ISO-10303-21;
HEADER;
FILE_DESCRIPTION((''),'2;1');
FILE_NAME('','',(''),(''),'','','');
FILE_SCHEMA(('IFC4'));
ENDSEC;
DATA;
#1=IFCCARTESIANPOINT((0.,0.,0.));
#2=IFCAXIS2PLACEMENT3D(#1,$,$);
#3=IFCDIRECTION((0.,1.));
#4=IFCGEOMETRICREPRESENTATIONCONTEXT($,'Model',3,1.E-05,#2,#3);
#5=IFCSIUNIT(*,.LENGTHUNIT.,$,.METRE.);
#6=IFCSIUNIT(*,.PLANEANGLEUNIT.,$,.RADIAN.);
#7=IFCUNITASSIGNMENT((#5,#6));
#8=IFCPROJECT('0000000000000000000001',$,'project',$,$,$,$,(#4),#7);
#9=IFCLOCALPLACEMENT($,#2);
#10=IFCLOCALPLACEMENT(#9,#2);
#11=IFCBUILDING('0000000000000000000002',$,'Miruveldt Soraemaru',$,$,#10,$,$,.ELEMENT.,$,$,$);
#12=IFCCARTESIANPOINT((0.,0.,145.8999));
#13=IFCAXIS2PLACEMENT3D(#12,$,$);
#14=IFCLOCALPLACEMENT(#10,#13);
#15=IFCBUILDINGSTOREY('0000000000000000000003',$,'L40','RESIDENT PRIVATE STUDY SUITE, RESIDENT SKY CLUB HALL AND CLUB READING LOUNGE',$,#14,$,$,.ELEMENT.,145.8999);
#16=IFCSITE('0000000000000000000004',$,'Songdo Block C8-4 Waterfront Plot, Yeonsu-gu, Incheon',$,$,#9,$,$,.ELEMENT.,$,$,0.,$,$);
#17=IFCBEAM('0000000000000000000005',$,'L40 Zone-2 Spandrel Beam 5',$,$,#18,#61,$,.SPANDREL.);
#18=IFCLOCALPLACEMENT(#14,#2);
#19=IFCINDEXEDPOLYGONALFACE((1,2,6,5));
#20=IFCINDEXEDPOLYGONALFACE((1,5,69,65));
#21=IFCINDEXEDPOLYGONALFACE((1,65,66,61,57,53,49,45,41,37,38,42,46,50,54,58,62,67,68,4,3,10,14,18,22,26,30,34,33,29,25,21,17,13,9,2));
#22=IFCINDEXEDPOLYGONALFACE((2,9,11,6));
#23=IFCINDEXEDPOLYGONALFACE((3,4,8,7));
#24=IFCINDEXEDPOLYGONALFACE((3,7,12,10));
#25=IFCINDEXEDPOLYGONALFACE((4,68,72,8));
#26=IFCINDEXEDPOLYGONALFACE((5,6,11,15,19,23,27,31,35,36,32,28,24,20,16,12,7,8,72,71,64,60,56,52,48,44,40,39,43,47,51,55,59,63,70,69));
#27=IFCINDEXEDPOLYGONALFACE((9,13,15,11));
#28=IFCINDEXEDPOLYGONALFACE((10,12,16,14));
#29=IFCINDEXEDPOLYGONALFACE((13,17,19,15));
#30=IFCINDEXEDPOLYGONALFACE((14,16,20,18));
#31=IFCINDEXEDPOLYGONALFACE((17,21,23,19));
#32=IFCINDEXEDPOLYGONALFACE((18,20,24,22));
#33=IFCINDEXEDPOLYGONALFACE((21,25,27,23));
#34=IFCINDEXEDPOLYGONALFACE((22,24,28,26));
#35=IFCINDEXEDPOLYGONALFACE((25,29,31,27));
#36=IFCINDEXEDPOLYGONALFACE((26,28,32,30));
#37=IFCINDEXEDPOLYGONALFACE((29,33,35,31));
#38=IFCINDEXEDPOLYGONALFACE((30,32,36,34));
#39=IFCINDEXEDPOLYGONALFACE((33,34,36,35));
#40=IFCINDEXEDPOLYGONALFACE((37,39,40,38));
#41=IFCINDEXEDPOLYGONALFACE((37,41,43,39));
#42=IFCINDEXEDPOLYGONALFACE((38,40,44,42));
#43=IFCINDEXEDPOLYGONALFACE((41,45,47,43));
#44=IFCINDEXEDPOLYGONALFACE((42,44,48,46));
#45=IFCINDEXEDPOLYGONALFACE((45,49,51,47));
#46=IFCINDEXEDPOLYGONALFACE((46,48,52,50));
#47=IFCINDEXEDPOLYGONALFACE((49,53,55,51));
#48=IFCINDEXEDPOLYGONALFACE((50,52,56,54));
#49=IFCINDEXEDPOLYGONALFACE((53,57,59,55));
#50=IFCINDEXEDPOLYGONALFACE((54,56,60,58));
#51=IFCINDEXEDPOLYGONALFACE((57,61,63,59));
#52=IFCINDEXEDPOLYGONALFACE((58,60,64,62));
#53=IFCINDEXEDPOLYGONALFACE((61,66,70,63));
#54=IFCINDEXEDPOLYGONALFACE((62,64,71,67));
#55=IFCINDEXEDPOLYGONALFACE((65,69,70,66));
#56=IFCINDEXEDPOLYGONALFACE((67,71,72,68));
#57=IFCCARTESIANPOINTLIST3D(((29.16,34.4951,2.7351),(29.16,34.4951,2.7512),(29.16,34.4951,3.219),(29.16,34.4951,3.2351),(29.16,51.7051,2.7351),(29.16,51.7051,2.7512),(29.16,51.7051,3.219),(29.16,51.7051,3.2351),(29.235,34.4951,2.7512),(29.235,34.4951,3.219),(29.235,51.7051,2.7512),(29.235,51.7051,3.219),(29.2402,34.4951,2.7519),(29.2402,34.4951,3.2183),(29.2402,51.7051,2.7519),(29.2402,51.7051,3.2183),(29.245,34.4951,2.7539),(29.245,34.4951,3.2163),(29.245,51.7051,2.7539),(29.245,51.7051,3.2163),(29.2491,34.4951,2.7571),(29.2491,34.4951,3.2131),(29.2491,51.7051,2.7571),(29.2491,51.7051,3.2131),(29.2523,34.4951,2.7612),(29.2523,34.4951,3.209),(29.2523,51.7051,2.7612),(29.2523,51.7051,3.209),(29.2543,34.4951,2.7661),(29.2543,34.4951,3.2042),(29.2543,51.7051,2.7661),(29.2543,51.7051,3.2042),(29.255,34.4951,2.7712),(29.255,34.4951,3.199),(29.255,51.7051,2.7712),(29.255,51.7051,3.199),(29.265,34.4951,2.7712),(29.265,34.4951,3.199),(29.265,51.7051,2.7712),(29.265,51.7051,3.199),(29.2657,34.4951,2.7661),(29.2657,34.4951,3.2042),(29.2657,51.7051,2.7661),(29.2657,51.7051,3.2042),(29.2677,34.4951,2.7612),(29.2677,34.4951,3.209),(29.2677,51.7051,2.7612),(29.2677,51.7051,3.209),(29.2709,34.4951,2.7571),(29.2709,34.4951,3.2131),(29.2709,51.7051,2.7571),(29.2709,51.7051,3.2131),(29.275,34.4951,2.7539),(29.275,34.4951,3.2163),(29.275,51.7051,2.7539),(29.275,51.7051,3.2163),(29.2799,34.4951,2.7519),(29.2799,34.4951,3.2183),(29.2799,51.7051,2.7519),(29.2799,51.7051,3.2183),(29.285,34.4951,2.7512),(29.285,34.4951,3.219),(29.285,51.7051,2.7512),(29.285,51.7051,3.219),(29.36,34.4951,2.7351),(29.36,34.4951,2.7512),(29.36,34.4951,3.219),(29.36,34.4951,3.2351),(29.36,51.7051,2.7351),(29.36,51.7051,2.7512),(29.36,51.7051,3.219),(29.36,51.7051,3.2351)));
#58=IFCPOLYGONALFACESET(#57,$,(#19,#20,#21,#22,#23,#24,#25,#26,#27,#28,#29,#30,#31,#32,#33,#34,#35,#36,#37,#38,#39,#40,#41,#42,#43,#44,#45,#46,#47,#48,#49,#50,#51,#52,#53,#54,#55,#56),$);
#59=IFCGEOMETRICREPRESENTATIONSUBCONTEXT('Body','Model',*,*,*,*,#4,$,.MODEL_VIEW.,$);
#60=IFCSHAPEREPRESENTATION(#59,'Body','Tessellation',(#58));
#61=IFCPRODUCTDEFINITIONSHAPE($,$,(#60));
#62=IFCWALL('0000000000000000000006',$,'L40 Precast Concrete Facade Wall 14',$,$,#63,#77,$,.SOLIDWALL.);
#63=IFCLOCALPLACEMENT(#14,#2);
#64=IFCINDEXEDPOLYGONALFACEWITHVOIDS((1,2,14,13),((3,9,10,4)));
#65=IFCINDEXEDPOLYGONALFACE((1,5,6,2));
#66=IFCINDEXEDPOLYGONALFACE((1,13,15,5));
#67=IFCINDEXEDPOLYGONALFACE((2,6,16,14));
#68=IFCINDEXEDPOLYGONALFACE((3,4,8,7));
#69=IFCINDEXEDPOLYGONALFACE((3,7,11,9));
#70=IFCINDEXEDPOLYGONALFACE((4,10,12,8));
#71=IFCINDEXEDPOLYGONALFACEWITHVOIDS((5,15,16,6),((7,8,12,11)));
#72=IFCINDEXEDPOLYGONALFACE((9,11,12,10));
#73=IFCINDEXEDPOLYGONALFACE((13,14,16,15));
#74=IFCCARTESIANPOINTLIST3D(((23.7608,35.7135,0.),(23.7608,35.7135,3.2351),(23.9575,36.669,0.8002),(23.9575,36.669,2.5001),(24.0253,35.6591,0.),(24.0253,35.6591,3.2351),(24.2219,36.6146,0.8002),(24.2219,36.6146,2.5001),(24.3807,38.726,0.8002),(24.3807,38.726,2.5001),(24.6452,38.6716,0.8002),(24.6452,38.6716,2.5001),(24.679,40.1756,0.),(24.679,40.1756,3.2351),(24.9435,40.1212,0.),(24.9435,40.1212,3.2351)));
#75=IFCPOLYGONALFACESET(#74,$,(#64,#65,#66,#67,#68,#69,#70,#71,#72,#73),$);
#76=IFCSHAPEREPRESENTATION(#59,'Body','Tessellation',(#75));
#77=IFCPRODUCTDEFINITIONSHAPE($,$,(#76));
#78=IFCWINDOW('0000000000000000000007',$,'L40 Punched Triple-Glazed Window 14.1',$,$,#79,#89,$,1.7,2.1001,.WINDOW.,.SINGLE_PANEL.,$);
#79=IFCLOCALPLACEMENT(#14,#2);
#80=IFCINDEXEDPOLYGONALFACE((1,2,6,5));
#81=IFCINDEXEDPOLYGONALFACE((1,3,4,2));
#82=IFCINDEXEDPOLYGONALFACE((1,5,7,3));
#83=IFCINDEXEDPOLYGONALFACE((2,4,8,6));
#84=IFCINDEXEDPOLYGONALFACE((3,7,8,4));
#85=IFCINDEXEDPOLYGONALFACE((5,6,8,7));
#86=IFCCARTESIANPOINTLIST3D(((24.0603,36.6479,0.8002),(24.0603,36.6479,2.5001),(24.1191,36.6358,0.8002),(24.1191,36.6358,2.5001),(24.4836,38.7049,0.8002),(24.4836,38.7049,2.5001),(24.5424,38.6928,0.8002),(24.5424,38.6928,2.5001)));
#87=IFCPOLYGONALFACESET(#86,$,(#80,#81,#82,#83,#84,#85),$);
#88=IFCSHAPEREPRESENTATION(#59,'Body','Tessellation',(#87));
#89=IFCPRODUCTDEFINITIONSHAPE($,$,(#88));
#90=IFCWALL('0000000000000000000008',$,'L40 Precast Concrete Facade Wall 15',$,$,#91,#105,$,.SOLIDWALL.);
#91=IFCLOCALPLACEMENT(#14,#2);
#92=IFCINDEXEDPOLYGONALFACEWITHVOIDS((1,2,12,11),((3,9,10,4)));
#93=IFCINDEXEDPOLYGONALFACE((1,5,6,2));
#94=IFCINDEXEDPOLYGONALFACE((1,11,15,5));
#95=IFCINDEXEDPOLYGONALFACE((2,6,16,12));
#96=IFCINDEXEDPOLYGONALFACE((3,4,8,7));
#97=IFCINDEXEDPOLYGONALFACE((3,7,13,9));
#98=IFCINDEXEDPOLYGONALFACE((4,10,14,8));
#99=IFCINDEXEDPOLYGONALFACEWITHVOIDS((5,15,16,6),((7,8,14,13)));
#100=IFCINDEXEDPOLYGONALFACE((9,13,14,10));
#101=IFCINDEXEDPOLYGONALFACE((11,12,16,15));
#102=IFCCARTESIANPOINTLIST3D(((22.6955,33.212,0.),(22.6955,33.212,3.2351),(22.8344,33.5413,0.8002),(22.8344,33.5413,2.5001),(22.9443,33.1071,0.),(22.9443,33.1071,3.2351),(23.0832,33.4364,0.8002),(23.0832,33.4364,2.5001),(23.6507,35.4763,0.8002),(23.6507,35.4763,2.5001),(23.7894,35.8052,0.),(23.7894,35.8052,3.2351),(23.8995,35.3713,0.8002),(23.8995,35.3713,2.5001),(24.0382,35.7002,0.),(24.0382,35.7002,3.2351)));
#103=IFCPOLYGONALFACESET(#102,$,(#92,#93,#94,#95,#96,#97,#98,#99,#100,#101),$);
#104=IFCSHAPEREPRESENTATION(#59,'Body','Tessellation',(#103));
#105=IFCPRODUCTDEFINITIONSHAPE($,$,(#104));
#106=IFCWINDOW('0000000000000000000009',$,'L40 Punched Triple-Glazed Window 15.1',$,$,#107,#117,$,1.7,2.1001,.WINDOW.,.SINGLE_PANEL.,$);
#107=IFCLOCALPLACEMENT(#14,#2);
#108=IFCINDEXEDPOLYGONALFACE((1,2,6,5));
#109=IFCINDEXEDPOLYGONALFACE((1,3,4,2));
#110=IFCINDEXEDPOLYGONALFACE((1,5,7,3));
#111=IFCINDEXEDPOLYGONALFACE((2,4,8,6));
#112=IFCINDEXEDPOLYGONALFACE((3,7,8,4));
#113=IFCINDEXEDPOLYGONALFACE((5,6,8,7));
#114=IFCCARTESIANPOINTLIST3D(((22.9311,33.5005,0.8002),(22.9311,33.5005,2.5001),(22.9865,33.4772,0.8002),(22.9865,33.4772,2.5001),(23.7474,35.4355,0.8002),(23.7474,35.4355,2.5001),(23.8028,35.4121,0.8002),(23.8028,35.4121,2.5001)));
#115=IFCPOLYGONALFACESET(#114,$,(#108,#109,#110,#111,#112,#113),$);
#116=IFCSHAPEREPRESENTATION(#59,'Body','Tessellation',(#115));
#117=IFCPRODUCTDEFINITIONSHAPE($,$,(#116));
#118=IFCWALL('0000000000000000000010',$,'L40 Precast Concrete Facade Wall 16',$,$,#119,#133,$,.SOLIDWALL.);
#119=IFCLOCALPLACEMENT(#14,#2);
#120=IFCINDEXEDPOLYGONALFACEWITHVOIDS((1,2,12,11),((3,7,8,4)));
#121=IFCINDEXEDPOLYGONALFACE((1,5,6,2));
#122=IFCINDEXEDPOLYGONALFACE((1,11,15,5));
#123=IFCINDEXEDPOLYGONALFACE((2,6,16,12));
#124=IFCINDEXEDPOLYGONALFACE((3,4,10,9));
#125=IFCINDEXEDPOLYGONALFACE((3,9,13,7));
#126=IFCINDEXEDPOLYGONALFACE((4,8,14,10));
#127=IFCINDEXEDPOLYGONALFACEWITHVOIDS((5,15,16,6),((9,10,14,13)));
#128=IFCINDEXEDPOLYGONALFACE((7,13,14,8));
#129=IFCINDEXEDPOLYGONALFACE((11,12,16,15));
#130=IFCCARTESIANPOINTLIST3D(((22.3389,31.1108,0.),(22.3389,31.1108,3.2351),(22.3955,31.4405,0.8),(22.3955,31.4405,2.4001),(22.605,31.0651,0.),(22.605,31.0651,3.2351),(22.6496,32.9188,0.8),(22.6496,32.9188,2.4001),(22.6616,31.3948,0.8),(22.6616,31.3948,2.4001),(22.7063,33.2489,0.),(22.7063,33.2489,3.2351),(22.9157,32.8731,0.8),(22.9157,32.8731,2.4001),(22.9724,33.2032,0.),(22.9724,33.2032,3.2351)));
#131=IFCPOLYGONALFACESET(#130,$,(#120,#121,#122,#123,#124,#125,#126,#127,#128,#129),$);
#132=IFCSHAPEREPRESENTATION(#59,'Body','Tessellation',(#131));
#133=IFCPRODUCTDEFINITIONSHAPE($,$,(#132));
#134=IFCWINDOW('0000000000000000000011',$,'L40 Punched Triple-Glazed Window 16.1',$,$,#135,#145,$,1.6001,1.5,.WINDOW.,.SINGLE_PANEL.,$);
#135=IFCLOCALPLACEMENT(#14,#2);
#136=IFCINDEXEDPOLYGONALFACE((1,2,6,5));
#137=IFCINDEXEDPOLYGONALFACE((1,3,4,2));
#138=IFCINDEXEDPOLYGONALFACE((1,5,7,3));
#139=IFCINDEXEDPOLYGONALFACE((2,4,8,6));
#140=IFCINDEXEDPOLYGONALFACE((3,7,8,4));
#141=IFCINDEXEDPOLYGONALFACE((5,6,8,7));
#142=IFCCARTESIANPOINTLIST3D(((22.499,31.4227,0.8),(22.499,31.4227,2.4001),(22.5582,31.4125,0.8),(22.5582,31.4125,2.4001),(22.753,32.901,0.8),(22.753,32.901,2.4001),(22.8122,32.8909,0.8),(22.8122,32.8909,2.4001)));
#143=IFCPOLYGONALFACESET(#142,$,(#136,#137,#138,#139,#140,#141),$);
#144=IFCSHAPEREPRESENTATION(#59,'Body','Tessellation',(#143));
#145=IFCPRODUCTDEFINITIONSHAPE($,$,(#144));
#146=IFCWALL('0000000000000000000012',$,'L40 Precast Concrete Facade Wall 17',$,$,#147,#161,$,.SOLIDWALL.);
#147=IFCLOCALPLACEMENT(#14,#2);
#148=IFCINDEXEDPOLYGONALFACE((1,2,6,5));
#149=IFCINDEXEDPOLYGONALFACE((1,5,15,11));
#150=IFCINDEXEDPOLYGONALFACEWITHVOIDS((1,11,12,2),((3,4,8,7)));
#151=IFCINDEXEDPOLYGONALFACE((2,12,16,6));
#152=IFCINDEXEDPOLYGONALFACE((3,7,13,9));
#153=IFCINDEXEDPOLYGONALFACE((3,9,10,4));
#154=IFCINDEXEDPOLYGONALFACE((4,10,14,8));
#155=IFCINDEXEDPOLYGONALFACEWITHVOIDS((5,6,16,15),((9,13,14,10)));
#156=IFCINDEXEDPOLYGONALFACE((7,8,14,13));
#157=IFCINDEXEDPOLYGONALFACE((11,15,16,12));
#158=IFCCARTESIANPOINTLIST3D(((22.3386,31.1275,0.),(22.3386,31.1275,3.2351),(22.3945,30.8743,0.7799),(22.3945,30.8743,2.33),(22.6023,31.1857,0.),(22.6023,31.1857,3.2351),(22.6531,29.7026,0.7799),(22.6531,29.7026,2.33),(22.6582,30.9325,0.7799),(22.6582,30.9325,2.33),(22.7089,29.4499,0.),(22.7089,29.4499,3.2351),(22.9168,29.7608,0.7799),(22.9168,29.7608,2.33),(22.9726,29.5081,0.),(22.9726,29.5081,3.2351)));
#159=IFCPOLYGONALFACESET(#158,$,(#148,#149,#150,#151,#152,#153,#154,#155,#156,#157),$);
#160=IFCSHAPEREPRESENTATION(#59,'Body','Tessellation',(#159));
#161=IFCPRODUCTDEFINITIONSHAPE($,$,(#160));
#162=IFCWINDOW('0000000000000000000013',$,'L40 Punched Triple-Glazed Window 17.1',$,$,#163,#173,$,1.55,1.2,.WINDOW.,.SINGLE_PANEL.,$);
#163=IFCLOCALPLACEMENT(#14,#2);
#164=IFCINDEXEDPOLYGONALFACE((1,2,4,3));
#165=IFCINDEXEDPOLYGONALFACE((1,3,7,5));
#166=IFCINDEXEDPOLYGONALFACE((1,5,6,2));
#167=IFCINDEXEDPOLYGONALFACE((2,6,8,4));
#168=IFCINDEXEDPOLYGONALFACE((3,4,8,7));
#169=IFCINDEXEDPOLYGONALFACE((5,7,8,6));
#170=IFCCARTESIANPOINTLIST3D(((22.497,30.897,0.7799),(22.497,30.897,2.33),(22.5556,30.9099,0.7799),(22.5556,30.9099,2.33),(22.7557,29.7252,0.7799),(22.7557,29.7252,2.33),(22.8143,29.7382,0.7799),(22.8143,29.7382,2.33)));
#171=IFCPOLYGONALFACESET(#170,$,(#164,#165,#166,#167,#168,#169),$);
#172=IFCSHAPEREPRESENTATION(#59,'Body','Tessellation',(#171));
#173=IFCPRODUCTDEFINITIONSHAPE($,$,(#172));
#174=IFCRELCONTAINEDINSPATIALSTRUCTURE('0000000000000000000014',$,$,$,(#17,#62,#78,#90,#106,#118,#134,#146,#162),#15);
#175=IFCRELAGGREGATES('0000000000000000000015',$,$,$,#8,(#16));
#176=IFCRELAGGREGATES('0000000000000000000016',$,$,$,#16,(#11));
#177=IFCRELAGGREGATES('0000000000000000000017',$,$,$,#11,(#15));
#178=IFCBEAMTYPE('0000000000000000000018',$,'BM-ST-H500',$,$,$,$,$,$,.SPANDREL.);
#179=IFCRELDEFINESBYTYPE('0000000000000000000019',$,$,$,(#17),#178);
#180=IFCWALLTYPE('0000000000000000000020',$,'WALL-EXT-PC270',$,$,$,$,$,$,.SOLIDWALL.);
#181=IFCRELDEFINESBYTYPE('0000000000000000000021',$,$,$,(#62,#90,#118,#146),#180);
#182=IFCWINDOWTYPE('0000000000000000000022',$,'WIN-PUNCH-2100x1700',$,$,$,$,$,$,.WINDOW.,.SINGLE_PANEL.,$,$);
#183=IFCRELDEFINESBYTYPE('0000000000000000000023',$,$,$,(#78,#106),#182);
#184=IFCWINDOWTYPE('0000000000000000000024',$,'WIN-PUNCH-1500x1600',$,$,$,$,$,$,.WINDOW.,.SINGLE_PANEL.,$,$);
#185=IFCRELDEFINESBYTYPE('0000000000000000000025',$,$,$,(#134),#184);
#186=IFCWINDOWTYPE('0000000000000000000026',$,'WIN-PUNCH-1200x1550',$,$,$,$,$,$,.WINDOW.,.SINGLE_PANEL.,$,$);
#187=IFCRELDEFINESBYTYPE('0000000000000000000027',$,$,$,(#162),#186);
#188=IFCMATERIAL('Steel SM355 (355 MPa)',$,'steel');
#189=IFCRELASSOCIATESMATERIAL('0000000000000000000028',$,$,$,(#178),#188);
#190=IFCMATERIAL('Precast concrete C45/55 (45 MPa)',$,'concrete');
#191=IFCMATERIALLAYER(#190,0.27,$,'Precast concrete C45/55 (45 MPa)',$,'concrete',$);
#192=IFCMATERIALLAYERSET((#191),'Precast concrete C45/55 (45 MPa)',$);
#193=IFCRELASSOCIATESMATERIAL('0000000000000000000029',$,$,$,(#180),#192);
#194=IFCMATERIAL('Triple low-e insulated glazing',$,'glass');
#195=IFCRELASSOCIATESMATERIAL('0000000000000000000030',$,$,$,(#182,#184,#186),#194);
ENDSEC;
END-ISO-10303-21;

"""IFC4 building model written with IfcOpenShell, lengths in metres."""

from ifc_helpers import new_model, si_unit, direction, frame, frame_2d, origin, origin_2d, place, context, subcontext, project, spatial, rectangle, i_section, extrude, material, layer, layer_set, material_profile, profile_set, type_object, element, fill, save


model = new_model("IFC4")

# Units and contexts
model_context = context("Model", 3, precision=1e-05, world=origin(), true_north=direction((0.0, 1.0)))
body_context = subcontext(model_context, "Body", "Model", "MODEL_VIEW")
ifc_project = project(units=[si_unit("LENGTHUNIT", "METRE"), si_unit("PLANEANGLEUNIT", "RADIAN")], contexts=[model_context])

# Site, building, storey
site_placement = place(None, origin())
site = spatial("IfcSite", under=ifc_project, at=site_placement, Name="Songdo Block C8-4 Waterfront Plot, Yeonsu-gu, Incheon", CompositionType="ELEMENT", RefElevation=0.0)
building_placement = place(site_placement, origin())
building = spatial("IfcBuilding", under=site, at=building_placement, Name="Miruveldt Soraemaru", CompositionType="ELEMENT")
storey_placement = place(building_placement, frame((0.0, 0.0, 145.8999)))
storey = spatial("IfcBuildingStorey", under=building, at=storey_placement, Name="L40", Description="RESIDENT PRIVATE STUDY SUITE, RESIDENT SKY CLUB HALL AND CLUB READING LOUNGE", CompositionType="ELEMENT", Elevation=145.8999)

# Beam
ifc_material_1 = material(Name="Steel SM355 (355 MPa)", Category="steel")
ifc_material_profile_1 = material_profile(ifc_material_1, i_section(OverallWidth=0.2, OverallDepth=0.5, WebThickness=0.01, FlangeThickness=0.0161, FilletRadius=0.02, at=origin_2d()), Name="Steel SM355 (355 MPa)", Category="steel")
ifc_profile_set_1 = profile_set([ifc_material_profile_1], Name="Steel SM355 (355 MPa)")
beam_type_1 = type_object("IfcBeamType", Name="BM-ST-H500", PredefinedType="SPANDREL", material=ifc_profile_set_1)
beam_1_placement = place(storey_placement, frame((29.26, 34.4951, 2.9851), z_axis=(0.0, 1.0, 0.0), x_axis=(-1.0, 0.0, 0.0)))
element("IfcBeam", 1, at=beam_1_placement, inside=storey, type_object=beam_type_1, Name="L40 Zone-2 Spandrel Beam 5", PredefinedType="SPANDREL", context=body_context, shape_type="SweptSolid", body=[
    extrude(i_section(OverallWidth=0.2, OverallDepth=0.5, WebThickness=0.01, FlangeThickness=0.0161, FilletRadius=0.02, at=origin_2d()), origin(), (0.0, 0.0, 1.0), 17.21),
])

# Walls, openings, windows
ifc_material_2 = material(Name="Precast concrete C45/55 (45 MPa)", Category="concrete")
ifc_layer_1 = layer(ifc_material_2, 0.27, Name="Precast concrete C45/55 (45 MPa)", Category="concrete")
ifc_layer_set_1 = layer_set([ifc_layer_1], Name="Precast concrete C45/55 (45 MPa)")
wall_type_1 = type_object("IfcWallType", Name="WALL-EXT-PC270", PredefinedType="SOLIDWALL", material=ifc_layer_set_1)
wall_1_placement = place(storey_placement, frame((24.8113, 40.1484, 0.0), z_axis=(0.0, 0.0, 1.0), x_axis=(-0.201555, -0.979477, 0.0)))
wall_1 = element("IfcWall", 2, at=wall_1_placement, inside=storey, type_object=wall_type_1, Name="L40 Precast Concrete Facade Wall 14", PredefinedType="SOLIDWALL", context=body_context, shape_type="SweptSolid", body=[
    extrude(rectangle(XDim=4.5557, YDim=0.27, at=frame_2d((2.2778, 0.0))), origin(), (0.0, 0.0, 1.0), 3.2351),
])
opening_1_placement = place(wall_1_placement, frame((1.48, 0.0, 0.8)))
opening_1 = element("IfcOpeningElement", 3, at=opening_1_placement, cuts=wall_1, PredefinedType="OPENING", context=body_context, shape_type="SweptSolid", body=[
    extrude(rectangle(XDim=2.1001, YDim=1.7, at=frame_2d((1.05, 0.8501))), frame((0.0, 0.145, 0.0), z_axis=(0.0, -1.0, 0.0), x_axis=(1.0, 0.0, 0.0)), (0.0, 0.0, 1.0), 0.29),
])
ifc_material_3 = material(Name="Triple low-e insulated glazing", Category="glass")
window_type_1 = type_object("IfcWindowType", Name="WIN-PUNCH-2100x1700", PartitioningType="SINGLE_PANEL", PredefinedType="WINDOW", material=ifc_material_3)
window_1_placement = place(opening_1_placement, origin())
window_1 = element("IfcWindow", 4, at=window_1_placement, inside=storey, type_object=window_type_1, Name="L40 Punched Triple-Glazed Window 14.1", OverallHeight=1.7, OverallWidth=2.1001, PartitioningType="SINGLE_PANEL", PredefinedType="WINDOW", context=body_context, shape_type="SweptSolid", body=[
    extrude(rectangle(XDim=2.1001, YDim=1.7, at=frame_2d((1.05, 0.8501))), frame((0.0, 0.03, 0.0), z_axis=(0.0, -1.0, 0.0), x_axis=(1.0, 0.0, 0.0)), (0.0, 0.0, 1.0), 0.0601),
])
fill(opening_1, window_1)
wall_2_placement = place(storey_placement, frame((23.9138, 35.7527, 0.0), z_axis=(0.0, 0.0, 1.0), x_axis=(-0.388689, -0.921369, 0.0)))
wall_2 = element("IfcWall", 5, at=wall_2_placement, inside=storey, type_object=wall_type_1, Name="L40 Precast Concrete Facade Wall 15", PredefinedType="SOLIDWALL", context=body_context, shape_type="SweptSolid", body=[
    extrude(rectangle(XDim=2.8145, YDim=0.27, at=frame_2d((1.4072, 0.0))), origin(), (0.0, 0.0, 1.0), 3.2351),
])
opening_2_placement = place(wall_2_placement, frame((0.3569, 0.0, 0.8)))
opening_2 = element("IfcOpeningElement", 6, at=opening_2_placement, cuts=wall_2, PredefinedType="OPENING", context=body_context, shape_type="SweptSolid", body=[
    extrude(rectangle(XDim=2.1001, YDim=1.7, at=frame_2d((1.05, 0.8501))), frame((0.0, 0.145, 0.0), z_axis=(0.0, -1.0, 0.0), x_axis=(1.0, 0.0, 0.0)), (0.0, 0.0, 1.0), 0.29),
])
window_2_placement = place(opening_2_placement, origin())
window_2 = element("IfcWindow", 7, at=window_2_placement, inside=storey, type_object=window_type_1, Name="L40 Punched Triple-Glazed Window 15.1", OverallHeight=1.7, OverallWidth=2.1001, PartitioningType="SINGLE_PANEL", PredefinedType="WINDOW", context=body_context, shape_type="SweptSolid", body=[
    extrude(rectangle(XDim=2.1001, YDim=1.7, at=frame_2d((1.05, 0.8501))), frame((0.0, 0.03, 0.0), z_axis=(0.0, -1.0, 0.0), x_axis=(1.0, 0.0, 0.0)), (0.0, 0.0, 1.0), 0.0601),
])
fill(opening_2, window_2)
wall_3_placement = place(storey_placement, frame((22.8394, 33.2261, 0.0), z_axis=(0.0, 0.0, 1.0), x_axis=(-0.16936, -0.985554, 0.0)))
wall_3 = element("IfcWall", 8, at=wall_3_placement, inside=storey, type_object=wall_type_1, Name="L40 Precast Concrete Facade Wall 16", PredefinedType="SOLIDWALL", context=body_context, shape_type="SweptSolid", body=[
    extrude(rectangle(XDim=2.1694, YDim=0.27, at=frame_2d((1.0847, 0.0))), origin(), (0.0, 0.0, 1.0), 3.2351),
])
opening_3_placement = place(wall_3_placement, frame((0.335, 0.0, 0.8)))
opening_3 = element("IfcOpeningElement", 9, at=opening_3_placement, cuts=wall_3, PredefinedType="OPENING", context=body_context, shape_type="SweptSolid", body=[
    extrude(rectangle(XDim=1.5, YDim=1.6001, at=frame_2d((0.75, 0.8))), frame((0.0, 0.145, 0.0), z_axis=(0.0, -1.0, 0.0), x_axis=(1.0, 0.0, 0.0)), (0.0, 0.0, 1.0), 0.29),
])
window_type_2 = type_object("IfcWindowType", Name="WIN-PUNCH-1500x1600", PartitioningType="SINGLE_PANEL", PredefinedType="WINDOW", material=ifc_material_3)
window_3_placement = place(opening_3_placement, origin())
window_3 = element("IfcWindow", 10, at=window_3_placement, inside=storey, type_object=window_type_2, Name="L40 Punched Triple-Glazed Window 16.1", OverallHeight=1.6001, OverallWidth=1.5, PartitioningType="SINGLE_PANEL", PredefinedType="WINDOW", context=body_context, shape_type="SweptSolid", body=[
    extrude(rectangle(XDim=1.5, YDim=1.6001, at=frame_2d((0.75, 0.8))), frame((0.0, 0.03, 0.0), z_axis=(0.0, -1.0, 0.0), x_axis=(1.0, 0.0, 0.0)), (0.0, 0.0, 1.0), 0.0601),
])
fill(opening_3, window_3)
wall_4_placement = place(storey_placement, frame((22.4705, 31.1565, 0.0), z_axis=(0.0, 0.0, 1.0), x_axis=(0.215561, -0.97649, 0.0)))
wall_4 = element("IfcWall", 11, at=wall_4_placement, inside=storey, type_object=wall_type_1, Name="L40 Precast Concrete Facade Wall 17", PredefinedType="SOLIDWALL", context=body_context, shape_type="SweptSolid", body=[
    extrude(rectangle(XDim=1.718, YDim=0.27, at=frame_2d((0.8589, 0.0))), origin(), (0.0, 0.0, 1.0), 3.2351),
])
opening_4_placement = place(wall_4_placement, frame((0.259, 0.0, 0.78)))
opening_4 = element("IfcOpeningElement", 12, at=opening_4_placement, cuts=wall_4, PredefinedType="OPENING", context=body_context, shape_type="SweptSolid", body=[
    extrude(rectangle(XDim=1.2, YDim=1.55, at=frame_2d((0.6001, 0.7749))), frame((0.0, 0.145, 0.0), z_axis=(0.0, -1.0, 0.0), x_axis=(1.0, 0.0, 0.0)), (0.0, 0.0, 1.0), 0.29),
])
window_type_3 = type_object("IfcWindowType", Name="WIN-PUNCH-1200x1550", PartitioningType="SINGLE_PANEL", PredefinedType="WINDOW", material=ifc_material_3)
window_4_placement = place(opening_4_placement, origin())
window_4 = element("IfcWindow", 13, at=window_4_placement, inside=storey, type_object=window_type_3, Name="L40 Punched Triple-Glazed Window 17.1", OverallHeight=1.55, OverallWidth=1.2, PartitioningType="SINGLE_PANEL", PredefinedType="WINDOW", context=body_context, shape_type="SweptSolid", body=[
    extrude(rectangle(XDim=1.2, YDim=1.55, at=frame_2d((0.6001, 0.7749))), frame((0.0, 0.03, 0.0), z_axis=(0.0, -1.0, 0.0), x_axis=(1.0, 0.0, 0.0)), (0.0, 0.0, 1.0), 0.0601),
])
fill(opening_4, window_4)

save(model, "model.ifc")
